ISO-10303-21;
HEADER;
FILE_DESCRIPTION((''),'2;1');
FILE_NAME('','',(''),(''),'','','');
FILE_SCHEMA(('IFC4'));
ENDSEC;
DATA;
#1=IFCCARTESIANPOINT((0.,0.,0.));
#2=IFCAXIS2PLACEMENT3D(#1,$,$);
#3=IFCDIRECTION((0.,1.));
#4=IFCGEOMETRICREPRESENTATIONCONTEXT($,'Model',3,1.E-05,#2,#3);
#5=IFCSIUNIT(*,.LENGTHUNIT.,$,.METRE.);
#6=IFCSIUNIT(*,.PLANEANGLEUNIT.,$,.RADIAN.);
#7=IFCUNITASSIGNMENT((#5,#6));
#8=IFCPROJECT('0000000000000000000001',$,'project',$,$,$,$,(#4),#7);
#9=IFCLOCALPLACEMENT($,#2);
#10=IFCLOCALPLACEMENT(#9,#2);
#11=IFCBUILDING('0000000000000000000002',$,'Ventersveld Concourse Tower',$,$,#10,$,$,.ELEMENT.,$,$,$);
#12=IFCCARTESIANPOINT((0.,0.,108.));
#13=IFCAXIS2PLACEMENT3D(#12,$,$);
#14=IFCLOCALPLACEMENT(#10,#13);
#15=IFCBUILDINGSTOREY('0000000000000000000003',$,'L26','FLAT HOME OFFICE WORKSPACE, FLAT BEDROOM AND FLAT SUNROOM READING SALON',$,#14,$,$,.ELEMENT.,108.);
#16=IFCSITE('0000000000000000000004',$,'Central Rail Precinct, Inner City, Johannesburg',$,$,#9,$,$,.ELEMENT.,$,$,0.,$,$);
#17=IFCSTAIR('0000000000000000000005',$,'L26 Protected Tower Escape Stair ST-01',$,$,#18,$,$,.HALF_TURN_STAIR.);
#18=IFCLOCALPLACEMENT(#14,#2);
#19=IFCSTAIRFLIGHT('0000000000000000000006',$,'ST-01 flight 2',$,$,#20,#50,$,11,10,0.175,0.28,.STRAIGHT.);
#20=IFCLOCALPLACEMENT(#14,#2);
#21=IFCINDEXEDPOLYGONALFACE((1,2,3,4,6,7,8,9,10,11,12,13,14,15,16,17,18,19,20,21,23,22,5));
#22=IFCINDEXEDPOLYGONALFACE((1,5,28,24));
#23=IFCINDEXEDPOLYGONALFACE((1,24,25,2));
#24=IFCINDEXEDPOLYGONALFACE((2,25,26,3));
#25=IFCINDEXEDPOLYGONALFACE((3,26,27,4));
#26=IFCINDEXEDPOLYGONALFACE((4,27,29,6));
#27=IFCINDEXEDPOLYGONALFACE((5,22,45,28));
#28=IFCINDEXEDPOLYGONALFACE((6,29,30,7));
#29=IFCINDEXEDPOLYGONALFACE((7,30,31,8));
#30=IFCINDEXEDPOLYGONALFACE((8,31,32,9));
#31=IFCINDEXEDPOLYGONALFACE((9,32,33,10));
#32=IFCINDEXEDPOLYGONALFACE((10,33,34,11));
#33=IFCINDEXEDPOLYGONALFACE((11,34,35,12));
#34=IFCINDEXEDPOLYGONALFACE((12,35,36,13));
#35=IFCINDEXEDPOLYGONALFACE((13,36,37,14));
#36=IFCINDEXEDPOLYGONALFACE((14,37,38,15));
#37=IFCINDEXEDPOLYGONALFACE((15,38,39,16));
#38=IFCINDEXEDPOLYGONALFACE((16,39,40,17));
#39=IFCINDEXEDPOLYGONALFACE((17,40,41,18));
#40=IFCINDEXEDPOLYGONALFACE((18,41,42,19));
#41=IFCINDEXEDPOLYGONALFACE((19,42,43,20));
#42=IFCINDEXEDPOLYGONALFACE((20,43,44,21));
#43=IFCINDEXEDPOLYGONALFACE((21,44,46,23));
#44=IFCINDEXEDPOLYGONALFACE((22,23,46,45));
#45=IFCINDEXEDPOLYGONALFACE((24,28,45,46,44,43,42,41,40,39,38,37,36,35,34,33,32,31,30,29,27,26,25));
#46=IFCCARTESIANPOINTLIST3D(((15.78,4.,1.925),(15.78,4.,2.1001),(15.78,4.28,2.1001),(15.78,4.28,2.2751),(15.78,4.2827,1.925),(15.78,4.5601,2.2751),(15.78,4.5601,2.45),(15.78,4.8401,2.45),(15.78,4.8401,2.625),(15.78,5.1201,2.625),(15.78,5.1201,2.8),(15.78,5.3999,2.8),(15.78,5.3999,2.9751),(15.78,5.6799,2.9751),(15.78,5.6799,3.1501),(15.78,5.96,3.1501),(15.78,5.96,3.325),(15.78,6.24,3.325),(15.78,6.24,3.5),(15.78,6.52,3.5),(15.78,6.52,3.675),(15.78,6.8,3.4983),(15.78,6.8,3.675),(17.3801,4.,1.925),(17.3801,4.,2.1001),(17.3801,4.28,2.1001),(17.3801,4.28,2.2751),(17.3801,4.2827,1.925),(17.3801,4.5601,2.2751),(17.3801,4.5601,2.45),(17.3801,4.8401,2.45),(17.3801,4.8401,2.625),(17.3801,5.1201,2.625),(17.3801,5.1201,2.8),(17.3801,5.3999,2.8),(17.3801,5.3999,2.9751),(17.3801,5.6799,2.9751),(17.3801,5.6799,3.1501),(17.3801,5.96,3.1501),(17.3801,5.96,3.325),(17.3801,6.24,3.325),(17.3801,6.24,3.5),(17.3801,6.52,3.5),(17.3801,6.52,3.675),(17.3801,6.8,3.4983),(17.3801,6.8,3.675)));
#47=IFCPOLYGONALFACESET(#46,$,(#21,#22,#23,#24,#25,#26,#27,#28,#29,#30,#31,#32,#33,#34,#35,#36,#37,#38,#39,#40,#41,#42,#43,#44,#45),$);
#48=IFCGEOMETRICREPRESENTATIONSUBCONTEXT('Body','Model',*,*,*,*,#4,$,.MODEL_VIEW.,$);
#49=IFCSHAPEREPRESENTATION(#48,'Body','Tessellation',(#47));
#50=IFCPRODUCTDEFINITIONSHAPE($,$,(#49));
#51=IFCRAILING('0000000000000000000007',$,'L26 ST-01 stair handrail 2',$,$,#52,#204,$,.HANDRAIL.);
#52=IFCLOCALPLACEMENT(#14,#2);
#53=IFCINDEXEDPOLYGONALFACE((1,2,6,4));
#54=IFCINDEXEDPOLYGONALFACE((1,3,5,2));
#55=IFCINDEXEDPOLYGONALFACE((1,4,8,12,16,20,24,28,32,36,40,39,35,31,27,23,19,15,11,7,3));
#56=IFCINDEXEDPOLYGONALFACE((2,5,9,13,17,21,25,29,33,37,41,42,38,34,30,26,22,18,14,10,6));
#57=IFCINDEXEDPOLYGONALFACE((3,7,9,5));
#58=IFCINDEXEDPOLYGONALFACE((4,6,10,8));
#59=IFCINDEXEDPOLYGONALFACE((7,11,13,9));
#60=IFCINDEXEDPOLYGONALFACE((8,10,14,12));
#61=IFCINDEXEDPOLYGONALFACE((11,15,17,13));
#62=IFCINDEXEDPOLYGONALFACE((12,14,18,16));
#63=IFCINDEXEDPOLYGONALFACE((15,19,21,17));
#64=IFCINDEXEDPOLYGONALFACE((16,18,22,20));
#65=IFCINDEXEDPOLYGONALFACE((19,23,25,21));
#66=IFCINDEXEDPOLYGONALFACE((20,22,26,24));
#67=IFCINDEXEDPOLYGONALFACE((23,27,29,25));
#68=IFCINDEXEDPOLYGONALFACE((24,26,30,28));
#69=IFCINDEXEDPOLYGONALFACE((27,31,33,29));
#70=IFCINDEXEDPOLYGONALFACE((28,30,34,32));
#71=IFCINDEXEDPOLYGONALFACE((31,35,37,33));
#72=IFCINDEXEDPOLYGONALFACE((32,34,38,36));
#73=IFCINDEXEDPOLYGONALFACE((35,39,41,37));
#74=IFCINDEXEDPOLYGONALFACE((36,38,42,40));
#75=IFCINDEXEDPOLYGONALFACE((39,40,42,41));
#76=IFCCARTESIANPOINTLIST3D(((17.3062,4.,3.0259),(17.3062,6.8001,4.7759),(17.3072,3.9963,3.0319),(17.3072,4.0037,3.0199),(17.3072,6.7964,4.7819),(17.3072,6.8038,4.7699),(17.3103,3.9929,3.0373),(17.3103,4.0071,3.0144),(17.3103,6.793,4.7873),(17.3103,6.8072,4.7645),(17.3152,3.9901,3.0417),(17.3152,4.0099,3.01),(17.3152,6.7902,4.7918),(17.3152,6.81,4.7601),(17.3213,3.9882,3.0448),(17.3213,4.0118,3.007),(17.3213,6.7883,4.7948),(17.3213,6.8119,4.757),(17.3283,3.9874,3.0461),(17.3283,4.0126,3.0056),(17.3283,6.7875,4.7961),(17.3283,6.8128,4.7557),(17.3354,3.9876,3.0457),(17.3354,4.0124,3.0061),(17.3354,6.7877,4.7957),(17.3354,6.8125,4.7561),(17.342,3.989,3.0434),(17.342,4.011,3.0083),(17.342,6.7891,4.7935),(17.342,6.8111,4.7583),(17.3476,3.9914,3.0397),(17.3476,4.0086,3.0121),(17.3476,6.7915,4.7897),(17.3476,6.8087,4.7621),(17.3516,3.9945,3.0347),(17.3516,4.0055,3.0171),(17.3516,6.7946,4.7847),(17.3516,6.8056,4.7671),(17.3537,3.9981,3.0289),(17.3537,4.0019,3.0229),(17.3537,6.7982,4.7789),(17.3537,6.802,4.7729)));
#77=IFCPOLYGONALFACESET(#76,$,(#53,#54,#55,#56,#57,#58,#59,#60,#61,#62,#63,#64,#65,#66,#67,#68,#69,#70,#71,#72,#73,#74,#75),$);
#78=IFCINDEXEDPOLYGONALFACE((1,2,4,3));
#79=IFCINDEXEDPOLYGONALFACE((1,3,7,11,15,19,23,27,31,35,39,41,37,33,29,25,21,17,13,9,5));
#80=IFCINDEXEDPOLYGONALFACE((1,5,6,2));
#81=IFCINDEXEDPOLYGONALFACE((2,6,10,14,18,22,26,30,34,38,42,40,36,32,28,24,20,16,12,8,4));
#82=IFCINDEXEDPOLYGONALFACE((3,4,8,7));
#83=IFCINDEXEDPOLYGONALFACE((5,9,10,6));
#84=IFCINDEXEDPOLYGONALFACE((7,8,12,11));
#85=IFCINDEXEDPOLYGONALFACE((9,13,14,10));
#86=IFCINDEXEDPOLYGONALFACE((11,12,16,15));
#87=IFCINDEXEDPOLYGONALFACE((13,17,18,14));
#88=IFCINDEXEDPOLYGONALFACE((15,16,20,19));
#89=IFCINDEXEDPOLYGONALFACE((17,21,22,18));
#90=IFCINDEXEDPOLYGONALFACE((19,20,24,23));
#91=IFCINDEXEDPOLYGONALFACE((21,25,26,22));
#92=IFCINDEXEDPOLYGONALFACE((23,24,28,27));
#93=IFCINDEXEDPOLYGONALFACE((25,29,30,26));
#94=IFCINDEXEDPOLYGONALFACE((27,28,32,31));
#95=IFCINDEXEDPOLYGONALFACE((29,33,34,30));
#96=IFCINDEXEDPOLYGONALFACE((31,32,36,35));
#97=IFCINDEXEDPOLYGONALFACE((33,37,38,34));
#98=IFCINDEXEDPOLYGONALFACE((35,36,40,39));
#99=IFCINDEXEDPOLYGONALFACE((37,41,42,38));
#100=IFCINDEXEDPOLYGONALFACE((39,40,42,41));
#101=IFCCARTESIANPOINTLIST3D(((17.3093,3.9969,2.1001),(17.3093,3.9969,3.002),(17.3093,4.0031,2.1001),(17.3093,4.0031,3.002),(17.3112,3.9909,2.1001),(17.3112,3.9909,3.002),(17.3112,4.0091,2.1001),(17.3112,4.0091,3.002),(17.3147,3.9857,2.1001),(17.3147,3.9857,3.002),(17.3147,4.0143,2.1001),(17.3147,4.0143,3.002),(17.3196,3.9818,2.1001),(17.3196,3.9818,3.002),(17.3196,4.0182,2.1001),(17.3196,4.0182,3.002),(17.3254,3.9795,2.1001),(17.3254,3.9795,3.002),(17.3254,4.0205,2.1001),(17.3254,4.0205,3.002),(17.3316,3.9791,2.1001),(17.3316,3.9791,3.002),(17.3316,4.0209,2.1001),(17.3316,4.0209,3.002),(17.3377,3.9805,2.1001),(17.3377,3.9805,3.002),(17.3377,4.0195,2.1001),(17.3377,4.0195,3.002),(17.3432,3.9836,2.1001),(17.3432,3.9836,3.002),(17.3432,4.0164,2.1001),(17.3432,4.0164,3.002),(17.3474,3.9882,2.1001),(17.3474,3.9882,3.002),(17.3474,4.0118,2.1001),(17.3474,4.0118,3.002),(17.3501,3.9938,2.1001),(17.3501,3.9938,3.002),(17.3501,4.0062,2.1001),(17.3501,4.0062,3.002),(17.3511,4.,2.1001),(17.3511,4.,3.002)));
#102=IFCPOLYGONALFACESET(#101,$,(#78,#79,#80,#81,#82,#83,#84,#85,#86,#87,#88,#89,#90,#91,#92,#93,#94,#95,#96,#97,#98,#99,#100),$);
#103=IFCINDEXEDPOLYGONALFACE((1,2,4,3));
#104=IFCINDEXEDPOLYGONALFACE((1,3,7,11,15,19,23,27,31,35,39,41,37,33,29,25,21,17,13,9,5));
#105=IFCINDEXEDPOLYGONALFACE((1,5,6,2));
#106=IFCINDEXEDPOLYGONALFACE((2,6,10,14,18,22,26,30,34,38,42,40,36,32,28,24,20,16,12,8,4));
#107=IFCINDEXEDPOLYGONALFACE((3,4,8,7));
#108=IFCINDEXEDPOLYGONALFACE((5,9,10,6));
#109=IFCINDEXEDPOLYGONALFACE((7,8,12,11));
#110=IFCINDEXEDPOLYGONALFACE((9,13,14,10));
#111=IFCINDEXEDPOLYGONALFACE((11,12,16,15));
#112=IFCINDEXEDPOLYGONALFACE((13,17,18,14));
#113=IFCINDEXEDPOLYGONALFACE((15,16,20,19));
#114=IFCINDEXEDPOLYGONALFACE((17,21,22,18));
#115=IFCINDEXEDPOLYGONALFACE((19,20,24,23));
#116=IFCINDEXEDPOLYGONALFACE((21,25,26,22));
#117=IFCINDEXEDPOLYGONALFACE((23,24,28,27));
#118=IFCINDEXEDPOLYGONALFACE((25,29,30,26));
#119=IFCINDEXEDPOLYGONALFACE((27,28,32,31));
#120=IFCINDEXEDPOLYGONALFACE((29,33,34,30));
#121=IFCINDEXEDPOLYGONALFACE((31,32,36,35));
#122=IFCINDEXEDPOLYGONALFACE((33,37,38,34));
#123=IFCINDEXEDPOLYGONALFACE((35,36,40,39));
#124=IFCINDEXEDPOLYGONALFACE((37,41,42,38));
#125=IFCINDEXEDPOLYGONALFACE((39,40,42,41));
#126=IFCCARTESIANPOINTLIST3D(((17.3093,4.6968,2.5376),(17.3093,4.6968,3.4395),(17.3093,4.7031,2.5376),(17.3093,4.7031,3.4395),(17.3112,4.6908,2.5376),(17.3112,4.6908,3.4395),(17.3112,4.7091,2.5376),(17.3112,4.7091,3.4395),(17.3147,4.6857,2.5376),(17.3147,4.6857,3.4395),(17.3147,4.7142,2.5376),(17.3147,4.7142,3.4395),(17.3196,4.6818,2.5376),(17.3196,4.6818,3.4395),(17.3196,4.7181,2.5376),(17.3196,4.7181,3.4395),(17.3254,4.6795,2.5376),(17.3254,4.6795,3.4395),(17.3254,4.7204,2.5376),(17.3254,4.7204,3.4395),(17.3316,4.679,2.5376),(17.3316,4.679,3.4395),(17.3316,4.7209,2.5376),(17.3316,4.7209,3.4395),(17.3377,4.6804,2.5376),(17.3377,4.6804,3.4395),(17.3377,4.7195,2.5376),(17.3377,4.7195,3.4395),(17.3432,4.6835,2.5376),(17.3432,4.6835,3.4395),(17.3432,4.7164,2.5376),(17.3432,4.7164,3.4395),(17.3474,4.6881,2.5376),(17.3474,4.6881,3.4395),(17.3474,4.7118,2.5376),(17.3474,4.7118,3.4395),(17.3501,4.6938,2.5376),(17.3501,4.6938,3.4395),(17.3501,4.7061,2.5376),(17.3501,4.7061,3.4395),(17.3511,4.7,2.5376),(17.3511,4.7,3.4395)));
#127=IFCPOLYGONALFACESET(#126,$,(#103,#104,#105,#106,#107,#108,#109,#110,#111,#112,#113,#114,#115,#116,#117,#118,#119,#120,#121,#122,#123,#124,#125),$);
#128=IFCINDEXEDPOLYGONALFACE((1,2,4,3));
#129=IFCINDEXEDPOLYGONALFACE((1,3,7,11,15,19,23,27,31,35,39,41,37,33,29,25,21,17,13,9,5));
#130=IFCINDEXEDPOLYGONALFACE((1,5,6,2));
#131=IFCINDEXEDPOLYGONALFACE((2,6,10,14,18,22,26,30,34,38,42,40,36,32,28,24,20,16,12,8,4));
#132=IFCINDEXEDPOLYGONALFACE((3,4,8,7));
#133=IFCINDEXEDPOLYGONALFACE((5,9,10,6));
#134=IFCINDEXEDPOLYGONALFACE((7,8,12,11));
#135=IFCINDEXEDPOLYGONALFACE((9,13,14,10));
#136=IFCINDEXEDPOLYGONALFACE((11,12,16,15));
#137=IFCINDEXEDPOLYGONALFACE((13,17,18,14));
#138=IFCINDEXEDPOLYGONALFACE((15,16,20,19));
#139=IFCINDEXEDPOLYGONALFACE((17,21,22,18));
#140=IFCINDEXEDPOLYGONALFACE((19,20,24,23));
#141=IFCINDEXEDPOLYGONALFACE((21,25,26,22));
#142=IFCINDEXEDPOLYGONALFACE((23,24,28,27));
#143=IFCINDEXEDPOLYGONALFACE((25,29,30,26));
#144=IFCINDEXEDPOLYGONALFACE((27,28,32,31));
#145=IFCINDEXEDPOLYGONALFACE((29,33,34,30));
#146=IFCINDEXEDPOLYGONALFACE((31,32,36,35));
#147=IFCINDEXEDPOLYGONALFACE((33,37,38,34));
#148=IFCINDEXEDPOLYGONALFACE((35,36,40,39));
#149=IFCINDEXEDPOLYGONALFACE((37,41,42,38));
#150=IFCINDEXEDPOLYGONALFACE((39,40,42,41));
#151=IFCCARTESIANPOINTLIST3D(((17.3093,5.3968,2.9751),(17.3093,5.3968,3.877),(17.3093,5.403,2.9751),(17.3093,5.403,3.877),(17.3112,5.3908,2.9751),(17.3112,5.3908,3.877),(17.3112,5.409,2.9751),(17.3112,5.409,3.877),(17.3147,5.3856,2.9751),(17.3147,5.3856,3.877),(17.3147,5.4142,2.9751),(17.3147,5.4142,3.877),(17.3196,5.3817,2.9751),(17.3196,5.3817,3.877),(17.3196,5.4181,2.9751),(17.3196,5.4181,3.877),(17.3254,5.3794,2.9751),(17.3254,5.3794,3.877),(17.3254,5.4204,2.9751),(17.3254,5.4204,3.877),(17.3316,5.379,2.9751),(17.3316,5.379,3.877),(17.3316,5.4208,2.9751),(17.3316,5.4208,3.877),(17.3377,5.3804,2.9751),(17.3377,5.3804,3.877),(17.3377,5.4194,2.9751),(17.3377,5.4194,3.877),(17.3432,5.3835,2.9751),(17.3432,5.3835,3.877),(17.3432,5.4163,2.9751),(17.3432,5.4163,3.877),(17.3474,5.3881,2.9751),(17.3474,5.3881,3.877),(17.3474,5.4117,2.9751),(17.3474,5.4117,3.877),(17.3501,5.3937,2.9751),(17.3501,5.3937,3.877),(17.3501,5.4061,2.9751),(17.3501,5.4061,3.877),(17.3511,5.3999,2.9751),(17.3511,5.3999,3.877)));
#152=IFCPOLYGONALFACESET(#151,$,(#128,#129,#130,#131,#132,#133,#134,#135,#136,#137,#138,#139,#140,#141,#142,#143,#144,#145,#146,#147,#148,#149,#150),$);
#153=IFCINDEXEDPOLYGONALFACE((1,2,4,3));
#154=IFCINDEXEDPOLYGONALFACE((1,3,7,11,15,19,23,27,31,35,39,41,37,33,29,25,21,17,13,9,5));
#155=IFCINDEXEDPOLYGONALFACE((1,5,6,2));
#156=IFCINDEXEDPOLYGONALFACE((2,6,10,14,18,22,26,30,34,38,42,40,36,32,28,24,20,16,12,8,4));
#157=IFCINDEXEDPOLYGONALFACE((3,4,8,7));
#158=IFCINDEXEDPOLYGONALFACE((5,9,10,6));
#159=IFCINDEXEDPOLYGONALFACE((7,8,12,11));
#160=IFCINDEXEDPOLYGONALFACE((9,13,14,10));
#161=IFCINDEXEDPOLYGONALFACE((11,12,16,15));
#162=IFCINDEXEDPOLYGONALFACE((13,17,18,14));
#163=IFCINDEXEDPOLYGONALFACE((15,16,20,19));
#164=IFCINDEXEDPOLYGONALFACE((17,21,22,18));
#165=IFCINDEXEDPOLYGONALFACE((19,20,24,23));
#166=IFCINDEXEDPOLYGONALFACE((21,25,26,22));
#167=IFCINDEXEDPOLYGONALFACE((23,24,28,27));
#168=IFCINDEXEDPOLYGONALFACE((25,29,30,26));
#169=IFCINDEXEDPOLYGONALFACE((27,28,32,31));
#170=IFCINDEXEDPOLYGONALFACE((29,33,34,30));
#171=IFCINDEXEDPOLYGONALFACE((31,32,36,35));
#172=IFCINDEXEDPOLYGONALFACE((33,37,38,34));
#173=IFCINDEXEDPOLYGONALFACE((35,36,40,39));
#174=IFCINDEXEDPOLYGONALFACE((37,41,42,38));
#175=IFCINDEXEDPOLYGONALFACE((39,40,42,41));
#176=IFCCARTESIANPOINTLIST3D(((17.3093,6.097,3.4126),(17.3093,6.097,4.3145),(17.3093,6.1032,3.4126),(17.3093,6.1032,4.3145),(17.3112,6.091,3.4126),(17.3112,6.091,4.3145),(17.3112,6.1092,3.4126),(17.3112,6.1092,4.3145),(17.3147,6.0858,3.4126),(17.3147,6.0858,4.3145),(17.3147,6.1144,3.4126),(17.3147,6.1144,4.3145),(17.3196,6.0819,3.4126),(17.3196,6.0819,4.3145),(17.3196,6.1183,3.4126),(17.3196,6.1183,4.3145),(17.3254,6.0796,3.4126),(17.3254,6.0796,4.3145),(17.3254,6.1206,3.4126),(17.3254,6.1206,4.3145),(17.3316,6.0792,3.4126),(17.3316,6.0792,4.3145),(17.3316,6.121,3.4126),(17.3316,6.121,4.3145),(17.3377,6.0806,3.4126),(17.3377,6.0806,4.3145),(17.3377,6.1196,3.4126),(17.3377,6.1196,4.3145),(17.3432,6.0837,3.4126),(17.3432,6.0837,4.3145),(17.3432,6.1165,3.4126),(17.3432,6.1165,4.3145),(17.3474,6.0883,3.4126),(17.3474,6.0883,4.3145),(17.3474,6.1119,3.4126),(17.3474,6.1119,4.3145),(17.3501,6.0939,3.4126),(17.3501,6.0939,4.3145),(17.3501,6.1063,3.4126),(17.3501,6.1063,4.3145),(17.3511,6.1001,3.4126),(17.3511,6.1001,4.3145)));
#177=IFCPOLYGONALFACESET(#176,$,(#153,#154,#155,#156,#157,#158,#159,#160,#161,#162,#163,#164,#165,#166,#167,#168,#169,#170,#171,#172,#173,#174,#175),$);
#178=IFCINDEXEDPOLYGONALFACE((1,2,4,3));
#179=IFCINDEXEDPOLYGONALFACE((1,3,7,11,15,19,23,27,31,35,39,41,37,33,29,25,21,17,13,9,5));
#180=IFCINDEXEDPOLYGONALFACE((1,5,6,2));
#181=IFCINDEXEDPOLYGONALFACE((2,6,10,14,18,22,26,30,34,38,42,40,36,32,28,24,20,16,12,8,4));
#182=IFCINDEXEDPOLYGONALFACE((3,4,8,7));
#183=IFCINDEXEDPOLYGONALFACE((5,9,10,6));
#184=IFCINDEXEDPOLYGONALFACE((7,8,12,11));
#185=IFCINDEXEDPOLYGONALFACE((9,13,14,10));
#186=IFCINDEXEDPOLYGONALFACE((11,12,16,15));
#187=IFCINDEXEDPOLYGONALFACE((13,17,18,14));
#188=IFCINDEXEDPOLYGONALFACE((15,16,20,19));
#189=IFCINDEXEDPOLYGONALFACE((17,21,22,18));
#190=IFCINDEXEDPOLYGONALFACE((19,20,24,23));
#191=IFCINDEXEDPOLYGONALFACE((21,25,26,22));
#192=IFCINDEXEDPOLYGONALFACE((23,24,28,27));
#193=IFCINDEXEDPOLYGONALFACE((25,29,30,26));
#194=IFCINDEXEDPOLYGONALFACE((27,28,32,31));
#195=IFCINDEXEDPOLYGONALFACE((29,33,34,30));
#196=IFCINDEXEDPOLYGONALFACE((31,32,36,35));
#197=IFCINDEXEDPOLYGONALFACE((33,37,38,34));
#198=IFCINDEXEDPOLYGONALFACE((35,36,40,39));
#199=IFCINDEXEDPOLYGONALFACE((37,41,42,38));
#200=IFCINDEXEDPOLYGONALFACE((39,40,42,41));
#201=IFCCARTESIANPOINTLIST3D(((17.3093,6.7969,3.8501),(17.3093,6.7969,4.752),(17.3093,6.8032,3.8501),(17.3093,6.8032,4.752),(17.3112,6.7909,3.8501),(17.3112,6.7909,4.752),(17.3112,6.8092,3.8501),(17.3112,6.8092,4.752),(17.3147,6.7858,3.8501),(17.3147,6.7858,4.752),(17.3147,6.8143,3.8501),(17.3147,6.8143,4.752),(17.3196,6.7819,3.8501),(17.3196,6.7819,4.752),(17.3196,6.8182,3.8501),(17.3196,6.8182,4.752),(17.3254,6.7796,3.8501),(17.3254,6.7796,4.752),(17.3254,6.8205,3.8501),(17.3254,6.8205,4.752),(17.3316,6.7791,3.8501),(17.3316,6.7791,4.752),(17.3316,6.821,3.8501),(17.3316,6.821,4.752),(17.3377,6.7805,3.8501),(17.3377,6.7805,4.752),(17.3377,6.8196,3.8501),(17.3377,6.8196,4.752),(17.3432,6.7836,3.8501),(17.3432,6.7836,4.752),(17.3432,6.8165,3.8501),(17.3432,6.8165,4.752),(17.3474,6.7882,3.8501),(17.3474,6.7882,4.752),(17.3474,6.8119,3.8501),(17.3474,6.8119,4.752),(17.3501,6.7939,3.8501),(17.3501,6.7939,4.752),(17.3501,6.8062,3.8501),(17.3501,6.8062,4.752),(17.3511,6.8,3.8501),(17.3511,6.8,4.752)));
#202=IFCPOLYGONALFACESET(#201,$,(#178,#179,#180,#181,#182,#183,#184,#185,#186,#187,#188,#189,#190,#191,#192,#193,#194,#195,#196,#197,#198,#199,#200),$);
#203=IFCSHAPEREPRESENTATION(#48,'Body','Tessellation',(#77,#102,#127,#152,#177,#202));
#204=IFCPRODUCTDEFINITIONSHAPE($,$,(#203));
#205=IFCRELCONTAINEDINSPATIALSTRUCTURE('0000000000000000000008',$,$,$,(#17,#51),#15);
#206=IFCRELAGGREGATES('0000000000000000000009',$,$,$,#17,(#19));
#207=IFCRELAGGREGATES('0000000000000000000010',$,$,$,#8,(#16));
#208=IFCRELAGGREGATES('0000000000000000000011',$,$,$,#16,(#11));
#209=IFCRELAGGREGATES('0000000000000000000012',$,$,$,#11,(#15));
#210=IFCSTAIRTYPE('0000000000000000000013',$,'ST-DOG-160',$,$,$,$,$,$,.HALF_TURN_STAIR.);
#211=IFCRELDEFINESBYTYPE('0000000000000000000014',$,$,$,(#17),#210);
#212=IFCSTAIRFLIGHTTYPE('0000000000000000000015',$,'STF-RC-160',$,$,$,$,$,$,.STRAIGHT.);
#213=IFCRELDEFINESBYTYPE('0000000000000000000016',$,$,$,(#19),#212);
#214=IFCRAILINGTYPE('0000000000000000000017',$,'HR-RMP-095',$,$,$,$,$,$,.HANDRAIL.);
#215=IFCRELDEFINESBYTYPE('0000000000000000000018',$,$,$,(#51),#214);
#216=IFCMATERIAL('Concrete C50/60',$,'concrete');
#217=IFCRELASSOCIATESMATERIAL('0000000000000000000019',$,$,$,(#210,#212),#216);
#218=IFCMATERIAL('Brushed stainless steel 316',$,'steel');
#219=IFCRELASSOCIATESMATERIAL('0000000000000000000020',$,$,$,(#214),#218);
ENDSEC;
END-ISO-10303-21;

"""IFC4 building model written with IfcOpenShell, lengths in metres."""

from ifc_helpers import new_model, si_unit, direction, frame, origin, origin_2d, place, context, subcontext, project, spatial, polyline, circle, outline, extrude, material, type_object, element, aggregate, save


model = new_model("IFC4")

# Units and contexts
model_context = context("Model", 3, precision=1e-05, world=origin(), true_north=direction((0.0, 1.0)))
body_context = subcontext(model_context, "Body", "Model", "MODEL_VIEW")
ifc_project = project(units=[si_unit("LENGTHUNIT", "METRE"), si_unit("PLANEANGLEUNIT", "RADIAN")], contexts=[model_context])

# Site, building, storey
site_placement = place(None, origin())
site = spatial("IfcSite", under=ifc_project, at=site_placement, Name="Central Rail Precinct, Inner City, Johannesburg", CompositionType="ELEMENT", RefElevation=0.0)
building_placement = place(site_placement, origin())
building = spatial("IfcBuilding", under=site, at=building_placement, Name="Ventersveld Concourse Tower", CompositionType="ELEMENT")
storey_placement = place(building_placement, frame((0.0, 0.0, 108.0)))
storey = spatial("IfcBuildingStorey", under=building, at=storey_placement, Name="L26", Description="FLAT HOME OFFICE WORKSPACE, FLAT BEDROOM AND FLAT SUNROOM READING SALON", CompositionType="ELEMENT", Elevation=108.0)

# Shared definitions
ifc_material_1 = material(Name="Concrete C50/60", Category="concrete")

# Shared definitions
ifc_material_2 = material(Name="Brushed stainless steel 316", Category="steel")

# Stair, stair flight
stair_type = type_object("IfcStairType", Name="ST-DOG-160", PredefinedType="HALF_TURN_STAIR", material=ifc_material_1)
stair_placement = place(storey_placement, origin())
stair = element("IfcStair", 1, at=stair_placement, inside=storey, type_object=stair_type, Name="L26 Protected Tower Escape Stair ST-01", PredefinedType="HALF_TURN_STAIR")
stair_flight_type = type_object("IfcStairFlightType", Name="STF-RC-160", PredefinedType="STRAIGHT", material=ifc_material_1)
stair_flight_placement = place(storey_placement, frame((16.5801, 4.0, 1.925), z_axis=(0.0, 0.0, 1.0), x_axis=(0.0, 1.0, 0.0)))
stair_flight = element("IfcStairFlight", 2, at=stair_flight_placement, type_object=stair_flight_type, Name="ST-01 flight 2", NumberOfRisers=11, NumberOfTreads=10, PredefinedType="STRAIGHT", RiserHeight=0.175, TreadLength=0.28, context=body_context, shape_type="SweptSolid", body=[
    extrude(outline(polyline([(0.0, 0.0), (0.0, 0.175), (0.28, 0.175), (0.28, 0.3501), (0.5601, 0.3501), (0.5601, 0.5249), (0.8401, 0.5249), (0.8401, 0.7), (1.1201, 0.7), (1.1201, 0.875), (1.3999, 0.875), (1.3999, 1.05), (1.6799, 1.05), (1.6799, 1.2251), (1.96, 1.2251), (1.96, 1.3999), (2.24, 1.3999), (2.24, 1.575), (2.52, 1.575), (2.52, 1.75), (2.8, 1.75), (2.8, 1.925), (2.8, 1.5732), (0.2827, 0.0), (0.0, 0.0)])), frame((0.0, 0.8, 0.0), z_axis=(0.0, -1.0, 0.0), x_axis=(1.0, 0.0, 0.0)), (0.0, 0.0, 1.0), 1.6001),
])
aggregate(stair, [stair_flight])

# Railing
railing_type = type_object("IfcRailingType", Name="HR-RMP-095", PredefinedType="HANDRAIL", material=ifc_material_2)
railing_placement = place(storey_placement, frame((17.3301, 4.0, 2.1001)))
element("IfcRailing", 3, at=railing_placement, inside=storey, type_object=railing_type, Name="L26 ST-01 stair handrail 2", PredefinedType="HANDRAIL", context=body_context, shape_type="SweptSolid", body=[
    extrude(circle(Radius=0.0239, at=origin_2d()), frame((0.0, 0.0, 0.9258), z_axis=(0.0, 0.848002, 0.529992), x_axis=(-1.0, 0.0, 0.0)), (0.0, 0.0, 1.0), 3.302),
    extrude(circle(Radius=0.021, at=origin_2d()), origin(), (0.0, 0.0, 1.0), 0.9019),
    extrude(circle(Radius=0.021, at=origin_2d()), frame((0.0, 0.7, 0.4375)), (0.0, 0.0, 1.0), 0.9019),
    extrude(circle(Radius=0.021, at=origin_2d()), frame((0.0, 1.3999, 0.875)), (0.0, 0.0, 1.0), 0.9019),
    extrude(circle(Radius=0.021, at=origin_2d()), frame((0.0, 2.1001, 1.3125)), (0.0, 0.0, 1.0), 0.9019),
    extrude(circle(Radius=0.021, at=origin_2d()), frame((0.0, 2.8, 1.75)), (0.0, 0.0, 1.0), 0.9019),
])

save(model, "model.ifc")
